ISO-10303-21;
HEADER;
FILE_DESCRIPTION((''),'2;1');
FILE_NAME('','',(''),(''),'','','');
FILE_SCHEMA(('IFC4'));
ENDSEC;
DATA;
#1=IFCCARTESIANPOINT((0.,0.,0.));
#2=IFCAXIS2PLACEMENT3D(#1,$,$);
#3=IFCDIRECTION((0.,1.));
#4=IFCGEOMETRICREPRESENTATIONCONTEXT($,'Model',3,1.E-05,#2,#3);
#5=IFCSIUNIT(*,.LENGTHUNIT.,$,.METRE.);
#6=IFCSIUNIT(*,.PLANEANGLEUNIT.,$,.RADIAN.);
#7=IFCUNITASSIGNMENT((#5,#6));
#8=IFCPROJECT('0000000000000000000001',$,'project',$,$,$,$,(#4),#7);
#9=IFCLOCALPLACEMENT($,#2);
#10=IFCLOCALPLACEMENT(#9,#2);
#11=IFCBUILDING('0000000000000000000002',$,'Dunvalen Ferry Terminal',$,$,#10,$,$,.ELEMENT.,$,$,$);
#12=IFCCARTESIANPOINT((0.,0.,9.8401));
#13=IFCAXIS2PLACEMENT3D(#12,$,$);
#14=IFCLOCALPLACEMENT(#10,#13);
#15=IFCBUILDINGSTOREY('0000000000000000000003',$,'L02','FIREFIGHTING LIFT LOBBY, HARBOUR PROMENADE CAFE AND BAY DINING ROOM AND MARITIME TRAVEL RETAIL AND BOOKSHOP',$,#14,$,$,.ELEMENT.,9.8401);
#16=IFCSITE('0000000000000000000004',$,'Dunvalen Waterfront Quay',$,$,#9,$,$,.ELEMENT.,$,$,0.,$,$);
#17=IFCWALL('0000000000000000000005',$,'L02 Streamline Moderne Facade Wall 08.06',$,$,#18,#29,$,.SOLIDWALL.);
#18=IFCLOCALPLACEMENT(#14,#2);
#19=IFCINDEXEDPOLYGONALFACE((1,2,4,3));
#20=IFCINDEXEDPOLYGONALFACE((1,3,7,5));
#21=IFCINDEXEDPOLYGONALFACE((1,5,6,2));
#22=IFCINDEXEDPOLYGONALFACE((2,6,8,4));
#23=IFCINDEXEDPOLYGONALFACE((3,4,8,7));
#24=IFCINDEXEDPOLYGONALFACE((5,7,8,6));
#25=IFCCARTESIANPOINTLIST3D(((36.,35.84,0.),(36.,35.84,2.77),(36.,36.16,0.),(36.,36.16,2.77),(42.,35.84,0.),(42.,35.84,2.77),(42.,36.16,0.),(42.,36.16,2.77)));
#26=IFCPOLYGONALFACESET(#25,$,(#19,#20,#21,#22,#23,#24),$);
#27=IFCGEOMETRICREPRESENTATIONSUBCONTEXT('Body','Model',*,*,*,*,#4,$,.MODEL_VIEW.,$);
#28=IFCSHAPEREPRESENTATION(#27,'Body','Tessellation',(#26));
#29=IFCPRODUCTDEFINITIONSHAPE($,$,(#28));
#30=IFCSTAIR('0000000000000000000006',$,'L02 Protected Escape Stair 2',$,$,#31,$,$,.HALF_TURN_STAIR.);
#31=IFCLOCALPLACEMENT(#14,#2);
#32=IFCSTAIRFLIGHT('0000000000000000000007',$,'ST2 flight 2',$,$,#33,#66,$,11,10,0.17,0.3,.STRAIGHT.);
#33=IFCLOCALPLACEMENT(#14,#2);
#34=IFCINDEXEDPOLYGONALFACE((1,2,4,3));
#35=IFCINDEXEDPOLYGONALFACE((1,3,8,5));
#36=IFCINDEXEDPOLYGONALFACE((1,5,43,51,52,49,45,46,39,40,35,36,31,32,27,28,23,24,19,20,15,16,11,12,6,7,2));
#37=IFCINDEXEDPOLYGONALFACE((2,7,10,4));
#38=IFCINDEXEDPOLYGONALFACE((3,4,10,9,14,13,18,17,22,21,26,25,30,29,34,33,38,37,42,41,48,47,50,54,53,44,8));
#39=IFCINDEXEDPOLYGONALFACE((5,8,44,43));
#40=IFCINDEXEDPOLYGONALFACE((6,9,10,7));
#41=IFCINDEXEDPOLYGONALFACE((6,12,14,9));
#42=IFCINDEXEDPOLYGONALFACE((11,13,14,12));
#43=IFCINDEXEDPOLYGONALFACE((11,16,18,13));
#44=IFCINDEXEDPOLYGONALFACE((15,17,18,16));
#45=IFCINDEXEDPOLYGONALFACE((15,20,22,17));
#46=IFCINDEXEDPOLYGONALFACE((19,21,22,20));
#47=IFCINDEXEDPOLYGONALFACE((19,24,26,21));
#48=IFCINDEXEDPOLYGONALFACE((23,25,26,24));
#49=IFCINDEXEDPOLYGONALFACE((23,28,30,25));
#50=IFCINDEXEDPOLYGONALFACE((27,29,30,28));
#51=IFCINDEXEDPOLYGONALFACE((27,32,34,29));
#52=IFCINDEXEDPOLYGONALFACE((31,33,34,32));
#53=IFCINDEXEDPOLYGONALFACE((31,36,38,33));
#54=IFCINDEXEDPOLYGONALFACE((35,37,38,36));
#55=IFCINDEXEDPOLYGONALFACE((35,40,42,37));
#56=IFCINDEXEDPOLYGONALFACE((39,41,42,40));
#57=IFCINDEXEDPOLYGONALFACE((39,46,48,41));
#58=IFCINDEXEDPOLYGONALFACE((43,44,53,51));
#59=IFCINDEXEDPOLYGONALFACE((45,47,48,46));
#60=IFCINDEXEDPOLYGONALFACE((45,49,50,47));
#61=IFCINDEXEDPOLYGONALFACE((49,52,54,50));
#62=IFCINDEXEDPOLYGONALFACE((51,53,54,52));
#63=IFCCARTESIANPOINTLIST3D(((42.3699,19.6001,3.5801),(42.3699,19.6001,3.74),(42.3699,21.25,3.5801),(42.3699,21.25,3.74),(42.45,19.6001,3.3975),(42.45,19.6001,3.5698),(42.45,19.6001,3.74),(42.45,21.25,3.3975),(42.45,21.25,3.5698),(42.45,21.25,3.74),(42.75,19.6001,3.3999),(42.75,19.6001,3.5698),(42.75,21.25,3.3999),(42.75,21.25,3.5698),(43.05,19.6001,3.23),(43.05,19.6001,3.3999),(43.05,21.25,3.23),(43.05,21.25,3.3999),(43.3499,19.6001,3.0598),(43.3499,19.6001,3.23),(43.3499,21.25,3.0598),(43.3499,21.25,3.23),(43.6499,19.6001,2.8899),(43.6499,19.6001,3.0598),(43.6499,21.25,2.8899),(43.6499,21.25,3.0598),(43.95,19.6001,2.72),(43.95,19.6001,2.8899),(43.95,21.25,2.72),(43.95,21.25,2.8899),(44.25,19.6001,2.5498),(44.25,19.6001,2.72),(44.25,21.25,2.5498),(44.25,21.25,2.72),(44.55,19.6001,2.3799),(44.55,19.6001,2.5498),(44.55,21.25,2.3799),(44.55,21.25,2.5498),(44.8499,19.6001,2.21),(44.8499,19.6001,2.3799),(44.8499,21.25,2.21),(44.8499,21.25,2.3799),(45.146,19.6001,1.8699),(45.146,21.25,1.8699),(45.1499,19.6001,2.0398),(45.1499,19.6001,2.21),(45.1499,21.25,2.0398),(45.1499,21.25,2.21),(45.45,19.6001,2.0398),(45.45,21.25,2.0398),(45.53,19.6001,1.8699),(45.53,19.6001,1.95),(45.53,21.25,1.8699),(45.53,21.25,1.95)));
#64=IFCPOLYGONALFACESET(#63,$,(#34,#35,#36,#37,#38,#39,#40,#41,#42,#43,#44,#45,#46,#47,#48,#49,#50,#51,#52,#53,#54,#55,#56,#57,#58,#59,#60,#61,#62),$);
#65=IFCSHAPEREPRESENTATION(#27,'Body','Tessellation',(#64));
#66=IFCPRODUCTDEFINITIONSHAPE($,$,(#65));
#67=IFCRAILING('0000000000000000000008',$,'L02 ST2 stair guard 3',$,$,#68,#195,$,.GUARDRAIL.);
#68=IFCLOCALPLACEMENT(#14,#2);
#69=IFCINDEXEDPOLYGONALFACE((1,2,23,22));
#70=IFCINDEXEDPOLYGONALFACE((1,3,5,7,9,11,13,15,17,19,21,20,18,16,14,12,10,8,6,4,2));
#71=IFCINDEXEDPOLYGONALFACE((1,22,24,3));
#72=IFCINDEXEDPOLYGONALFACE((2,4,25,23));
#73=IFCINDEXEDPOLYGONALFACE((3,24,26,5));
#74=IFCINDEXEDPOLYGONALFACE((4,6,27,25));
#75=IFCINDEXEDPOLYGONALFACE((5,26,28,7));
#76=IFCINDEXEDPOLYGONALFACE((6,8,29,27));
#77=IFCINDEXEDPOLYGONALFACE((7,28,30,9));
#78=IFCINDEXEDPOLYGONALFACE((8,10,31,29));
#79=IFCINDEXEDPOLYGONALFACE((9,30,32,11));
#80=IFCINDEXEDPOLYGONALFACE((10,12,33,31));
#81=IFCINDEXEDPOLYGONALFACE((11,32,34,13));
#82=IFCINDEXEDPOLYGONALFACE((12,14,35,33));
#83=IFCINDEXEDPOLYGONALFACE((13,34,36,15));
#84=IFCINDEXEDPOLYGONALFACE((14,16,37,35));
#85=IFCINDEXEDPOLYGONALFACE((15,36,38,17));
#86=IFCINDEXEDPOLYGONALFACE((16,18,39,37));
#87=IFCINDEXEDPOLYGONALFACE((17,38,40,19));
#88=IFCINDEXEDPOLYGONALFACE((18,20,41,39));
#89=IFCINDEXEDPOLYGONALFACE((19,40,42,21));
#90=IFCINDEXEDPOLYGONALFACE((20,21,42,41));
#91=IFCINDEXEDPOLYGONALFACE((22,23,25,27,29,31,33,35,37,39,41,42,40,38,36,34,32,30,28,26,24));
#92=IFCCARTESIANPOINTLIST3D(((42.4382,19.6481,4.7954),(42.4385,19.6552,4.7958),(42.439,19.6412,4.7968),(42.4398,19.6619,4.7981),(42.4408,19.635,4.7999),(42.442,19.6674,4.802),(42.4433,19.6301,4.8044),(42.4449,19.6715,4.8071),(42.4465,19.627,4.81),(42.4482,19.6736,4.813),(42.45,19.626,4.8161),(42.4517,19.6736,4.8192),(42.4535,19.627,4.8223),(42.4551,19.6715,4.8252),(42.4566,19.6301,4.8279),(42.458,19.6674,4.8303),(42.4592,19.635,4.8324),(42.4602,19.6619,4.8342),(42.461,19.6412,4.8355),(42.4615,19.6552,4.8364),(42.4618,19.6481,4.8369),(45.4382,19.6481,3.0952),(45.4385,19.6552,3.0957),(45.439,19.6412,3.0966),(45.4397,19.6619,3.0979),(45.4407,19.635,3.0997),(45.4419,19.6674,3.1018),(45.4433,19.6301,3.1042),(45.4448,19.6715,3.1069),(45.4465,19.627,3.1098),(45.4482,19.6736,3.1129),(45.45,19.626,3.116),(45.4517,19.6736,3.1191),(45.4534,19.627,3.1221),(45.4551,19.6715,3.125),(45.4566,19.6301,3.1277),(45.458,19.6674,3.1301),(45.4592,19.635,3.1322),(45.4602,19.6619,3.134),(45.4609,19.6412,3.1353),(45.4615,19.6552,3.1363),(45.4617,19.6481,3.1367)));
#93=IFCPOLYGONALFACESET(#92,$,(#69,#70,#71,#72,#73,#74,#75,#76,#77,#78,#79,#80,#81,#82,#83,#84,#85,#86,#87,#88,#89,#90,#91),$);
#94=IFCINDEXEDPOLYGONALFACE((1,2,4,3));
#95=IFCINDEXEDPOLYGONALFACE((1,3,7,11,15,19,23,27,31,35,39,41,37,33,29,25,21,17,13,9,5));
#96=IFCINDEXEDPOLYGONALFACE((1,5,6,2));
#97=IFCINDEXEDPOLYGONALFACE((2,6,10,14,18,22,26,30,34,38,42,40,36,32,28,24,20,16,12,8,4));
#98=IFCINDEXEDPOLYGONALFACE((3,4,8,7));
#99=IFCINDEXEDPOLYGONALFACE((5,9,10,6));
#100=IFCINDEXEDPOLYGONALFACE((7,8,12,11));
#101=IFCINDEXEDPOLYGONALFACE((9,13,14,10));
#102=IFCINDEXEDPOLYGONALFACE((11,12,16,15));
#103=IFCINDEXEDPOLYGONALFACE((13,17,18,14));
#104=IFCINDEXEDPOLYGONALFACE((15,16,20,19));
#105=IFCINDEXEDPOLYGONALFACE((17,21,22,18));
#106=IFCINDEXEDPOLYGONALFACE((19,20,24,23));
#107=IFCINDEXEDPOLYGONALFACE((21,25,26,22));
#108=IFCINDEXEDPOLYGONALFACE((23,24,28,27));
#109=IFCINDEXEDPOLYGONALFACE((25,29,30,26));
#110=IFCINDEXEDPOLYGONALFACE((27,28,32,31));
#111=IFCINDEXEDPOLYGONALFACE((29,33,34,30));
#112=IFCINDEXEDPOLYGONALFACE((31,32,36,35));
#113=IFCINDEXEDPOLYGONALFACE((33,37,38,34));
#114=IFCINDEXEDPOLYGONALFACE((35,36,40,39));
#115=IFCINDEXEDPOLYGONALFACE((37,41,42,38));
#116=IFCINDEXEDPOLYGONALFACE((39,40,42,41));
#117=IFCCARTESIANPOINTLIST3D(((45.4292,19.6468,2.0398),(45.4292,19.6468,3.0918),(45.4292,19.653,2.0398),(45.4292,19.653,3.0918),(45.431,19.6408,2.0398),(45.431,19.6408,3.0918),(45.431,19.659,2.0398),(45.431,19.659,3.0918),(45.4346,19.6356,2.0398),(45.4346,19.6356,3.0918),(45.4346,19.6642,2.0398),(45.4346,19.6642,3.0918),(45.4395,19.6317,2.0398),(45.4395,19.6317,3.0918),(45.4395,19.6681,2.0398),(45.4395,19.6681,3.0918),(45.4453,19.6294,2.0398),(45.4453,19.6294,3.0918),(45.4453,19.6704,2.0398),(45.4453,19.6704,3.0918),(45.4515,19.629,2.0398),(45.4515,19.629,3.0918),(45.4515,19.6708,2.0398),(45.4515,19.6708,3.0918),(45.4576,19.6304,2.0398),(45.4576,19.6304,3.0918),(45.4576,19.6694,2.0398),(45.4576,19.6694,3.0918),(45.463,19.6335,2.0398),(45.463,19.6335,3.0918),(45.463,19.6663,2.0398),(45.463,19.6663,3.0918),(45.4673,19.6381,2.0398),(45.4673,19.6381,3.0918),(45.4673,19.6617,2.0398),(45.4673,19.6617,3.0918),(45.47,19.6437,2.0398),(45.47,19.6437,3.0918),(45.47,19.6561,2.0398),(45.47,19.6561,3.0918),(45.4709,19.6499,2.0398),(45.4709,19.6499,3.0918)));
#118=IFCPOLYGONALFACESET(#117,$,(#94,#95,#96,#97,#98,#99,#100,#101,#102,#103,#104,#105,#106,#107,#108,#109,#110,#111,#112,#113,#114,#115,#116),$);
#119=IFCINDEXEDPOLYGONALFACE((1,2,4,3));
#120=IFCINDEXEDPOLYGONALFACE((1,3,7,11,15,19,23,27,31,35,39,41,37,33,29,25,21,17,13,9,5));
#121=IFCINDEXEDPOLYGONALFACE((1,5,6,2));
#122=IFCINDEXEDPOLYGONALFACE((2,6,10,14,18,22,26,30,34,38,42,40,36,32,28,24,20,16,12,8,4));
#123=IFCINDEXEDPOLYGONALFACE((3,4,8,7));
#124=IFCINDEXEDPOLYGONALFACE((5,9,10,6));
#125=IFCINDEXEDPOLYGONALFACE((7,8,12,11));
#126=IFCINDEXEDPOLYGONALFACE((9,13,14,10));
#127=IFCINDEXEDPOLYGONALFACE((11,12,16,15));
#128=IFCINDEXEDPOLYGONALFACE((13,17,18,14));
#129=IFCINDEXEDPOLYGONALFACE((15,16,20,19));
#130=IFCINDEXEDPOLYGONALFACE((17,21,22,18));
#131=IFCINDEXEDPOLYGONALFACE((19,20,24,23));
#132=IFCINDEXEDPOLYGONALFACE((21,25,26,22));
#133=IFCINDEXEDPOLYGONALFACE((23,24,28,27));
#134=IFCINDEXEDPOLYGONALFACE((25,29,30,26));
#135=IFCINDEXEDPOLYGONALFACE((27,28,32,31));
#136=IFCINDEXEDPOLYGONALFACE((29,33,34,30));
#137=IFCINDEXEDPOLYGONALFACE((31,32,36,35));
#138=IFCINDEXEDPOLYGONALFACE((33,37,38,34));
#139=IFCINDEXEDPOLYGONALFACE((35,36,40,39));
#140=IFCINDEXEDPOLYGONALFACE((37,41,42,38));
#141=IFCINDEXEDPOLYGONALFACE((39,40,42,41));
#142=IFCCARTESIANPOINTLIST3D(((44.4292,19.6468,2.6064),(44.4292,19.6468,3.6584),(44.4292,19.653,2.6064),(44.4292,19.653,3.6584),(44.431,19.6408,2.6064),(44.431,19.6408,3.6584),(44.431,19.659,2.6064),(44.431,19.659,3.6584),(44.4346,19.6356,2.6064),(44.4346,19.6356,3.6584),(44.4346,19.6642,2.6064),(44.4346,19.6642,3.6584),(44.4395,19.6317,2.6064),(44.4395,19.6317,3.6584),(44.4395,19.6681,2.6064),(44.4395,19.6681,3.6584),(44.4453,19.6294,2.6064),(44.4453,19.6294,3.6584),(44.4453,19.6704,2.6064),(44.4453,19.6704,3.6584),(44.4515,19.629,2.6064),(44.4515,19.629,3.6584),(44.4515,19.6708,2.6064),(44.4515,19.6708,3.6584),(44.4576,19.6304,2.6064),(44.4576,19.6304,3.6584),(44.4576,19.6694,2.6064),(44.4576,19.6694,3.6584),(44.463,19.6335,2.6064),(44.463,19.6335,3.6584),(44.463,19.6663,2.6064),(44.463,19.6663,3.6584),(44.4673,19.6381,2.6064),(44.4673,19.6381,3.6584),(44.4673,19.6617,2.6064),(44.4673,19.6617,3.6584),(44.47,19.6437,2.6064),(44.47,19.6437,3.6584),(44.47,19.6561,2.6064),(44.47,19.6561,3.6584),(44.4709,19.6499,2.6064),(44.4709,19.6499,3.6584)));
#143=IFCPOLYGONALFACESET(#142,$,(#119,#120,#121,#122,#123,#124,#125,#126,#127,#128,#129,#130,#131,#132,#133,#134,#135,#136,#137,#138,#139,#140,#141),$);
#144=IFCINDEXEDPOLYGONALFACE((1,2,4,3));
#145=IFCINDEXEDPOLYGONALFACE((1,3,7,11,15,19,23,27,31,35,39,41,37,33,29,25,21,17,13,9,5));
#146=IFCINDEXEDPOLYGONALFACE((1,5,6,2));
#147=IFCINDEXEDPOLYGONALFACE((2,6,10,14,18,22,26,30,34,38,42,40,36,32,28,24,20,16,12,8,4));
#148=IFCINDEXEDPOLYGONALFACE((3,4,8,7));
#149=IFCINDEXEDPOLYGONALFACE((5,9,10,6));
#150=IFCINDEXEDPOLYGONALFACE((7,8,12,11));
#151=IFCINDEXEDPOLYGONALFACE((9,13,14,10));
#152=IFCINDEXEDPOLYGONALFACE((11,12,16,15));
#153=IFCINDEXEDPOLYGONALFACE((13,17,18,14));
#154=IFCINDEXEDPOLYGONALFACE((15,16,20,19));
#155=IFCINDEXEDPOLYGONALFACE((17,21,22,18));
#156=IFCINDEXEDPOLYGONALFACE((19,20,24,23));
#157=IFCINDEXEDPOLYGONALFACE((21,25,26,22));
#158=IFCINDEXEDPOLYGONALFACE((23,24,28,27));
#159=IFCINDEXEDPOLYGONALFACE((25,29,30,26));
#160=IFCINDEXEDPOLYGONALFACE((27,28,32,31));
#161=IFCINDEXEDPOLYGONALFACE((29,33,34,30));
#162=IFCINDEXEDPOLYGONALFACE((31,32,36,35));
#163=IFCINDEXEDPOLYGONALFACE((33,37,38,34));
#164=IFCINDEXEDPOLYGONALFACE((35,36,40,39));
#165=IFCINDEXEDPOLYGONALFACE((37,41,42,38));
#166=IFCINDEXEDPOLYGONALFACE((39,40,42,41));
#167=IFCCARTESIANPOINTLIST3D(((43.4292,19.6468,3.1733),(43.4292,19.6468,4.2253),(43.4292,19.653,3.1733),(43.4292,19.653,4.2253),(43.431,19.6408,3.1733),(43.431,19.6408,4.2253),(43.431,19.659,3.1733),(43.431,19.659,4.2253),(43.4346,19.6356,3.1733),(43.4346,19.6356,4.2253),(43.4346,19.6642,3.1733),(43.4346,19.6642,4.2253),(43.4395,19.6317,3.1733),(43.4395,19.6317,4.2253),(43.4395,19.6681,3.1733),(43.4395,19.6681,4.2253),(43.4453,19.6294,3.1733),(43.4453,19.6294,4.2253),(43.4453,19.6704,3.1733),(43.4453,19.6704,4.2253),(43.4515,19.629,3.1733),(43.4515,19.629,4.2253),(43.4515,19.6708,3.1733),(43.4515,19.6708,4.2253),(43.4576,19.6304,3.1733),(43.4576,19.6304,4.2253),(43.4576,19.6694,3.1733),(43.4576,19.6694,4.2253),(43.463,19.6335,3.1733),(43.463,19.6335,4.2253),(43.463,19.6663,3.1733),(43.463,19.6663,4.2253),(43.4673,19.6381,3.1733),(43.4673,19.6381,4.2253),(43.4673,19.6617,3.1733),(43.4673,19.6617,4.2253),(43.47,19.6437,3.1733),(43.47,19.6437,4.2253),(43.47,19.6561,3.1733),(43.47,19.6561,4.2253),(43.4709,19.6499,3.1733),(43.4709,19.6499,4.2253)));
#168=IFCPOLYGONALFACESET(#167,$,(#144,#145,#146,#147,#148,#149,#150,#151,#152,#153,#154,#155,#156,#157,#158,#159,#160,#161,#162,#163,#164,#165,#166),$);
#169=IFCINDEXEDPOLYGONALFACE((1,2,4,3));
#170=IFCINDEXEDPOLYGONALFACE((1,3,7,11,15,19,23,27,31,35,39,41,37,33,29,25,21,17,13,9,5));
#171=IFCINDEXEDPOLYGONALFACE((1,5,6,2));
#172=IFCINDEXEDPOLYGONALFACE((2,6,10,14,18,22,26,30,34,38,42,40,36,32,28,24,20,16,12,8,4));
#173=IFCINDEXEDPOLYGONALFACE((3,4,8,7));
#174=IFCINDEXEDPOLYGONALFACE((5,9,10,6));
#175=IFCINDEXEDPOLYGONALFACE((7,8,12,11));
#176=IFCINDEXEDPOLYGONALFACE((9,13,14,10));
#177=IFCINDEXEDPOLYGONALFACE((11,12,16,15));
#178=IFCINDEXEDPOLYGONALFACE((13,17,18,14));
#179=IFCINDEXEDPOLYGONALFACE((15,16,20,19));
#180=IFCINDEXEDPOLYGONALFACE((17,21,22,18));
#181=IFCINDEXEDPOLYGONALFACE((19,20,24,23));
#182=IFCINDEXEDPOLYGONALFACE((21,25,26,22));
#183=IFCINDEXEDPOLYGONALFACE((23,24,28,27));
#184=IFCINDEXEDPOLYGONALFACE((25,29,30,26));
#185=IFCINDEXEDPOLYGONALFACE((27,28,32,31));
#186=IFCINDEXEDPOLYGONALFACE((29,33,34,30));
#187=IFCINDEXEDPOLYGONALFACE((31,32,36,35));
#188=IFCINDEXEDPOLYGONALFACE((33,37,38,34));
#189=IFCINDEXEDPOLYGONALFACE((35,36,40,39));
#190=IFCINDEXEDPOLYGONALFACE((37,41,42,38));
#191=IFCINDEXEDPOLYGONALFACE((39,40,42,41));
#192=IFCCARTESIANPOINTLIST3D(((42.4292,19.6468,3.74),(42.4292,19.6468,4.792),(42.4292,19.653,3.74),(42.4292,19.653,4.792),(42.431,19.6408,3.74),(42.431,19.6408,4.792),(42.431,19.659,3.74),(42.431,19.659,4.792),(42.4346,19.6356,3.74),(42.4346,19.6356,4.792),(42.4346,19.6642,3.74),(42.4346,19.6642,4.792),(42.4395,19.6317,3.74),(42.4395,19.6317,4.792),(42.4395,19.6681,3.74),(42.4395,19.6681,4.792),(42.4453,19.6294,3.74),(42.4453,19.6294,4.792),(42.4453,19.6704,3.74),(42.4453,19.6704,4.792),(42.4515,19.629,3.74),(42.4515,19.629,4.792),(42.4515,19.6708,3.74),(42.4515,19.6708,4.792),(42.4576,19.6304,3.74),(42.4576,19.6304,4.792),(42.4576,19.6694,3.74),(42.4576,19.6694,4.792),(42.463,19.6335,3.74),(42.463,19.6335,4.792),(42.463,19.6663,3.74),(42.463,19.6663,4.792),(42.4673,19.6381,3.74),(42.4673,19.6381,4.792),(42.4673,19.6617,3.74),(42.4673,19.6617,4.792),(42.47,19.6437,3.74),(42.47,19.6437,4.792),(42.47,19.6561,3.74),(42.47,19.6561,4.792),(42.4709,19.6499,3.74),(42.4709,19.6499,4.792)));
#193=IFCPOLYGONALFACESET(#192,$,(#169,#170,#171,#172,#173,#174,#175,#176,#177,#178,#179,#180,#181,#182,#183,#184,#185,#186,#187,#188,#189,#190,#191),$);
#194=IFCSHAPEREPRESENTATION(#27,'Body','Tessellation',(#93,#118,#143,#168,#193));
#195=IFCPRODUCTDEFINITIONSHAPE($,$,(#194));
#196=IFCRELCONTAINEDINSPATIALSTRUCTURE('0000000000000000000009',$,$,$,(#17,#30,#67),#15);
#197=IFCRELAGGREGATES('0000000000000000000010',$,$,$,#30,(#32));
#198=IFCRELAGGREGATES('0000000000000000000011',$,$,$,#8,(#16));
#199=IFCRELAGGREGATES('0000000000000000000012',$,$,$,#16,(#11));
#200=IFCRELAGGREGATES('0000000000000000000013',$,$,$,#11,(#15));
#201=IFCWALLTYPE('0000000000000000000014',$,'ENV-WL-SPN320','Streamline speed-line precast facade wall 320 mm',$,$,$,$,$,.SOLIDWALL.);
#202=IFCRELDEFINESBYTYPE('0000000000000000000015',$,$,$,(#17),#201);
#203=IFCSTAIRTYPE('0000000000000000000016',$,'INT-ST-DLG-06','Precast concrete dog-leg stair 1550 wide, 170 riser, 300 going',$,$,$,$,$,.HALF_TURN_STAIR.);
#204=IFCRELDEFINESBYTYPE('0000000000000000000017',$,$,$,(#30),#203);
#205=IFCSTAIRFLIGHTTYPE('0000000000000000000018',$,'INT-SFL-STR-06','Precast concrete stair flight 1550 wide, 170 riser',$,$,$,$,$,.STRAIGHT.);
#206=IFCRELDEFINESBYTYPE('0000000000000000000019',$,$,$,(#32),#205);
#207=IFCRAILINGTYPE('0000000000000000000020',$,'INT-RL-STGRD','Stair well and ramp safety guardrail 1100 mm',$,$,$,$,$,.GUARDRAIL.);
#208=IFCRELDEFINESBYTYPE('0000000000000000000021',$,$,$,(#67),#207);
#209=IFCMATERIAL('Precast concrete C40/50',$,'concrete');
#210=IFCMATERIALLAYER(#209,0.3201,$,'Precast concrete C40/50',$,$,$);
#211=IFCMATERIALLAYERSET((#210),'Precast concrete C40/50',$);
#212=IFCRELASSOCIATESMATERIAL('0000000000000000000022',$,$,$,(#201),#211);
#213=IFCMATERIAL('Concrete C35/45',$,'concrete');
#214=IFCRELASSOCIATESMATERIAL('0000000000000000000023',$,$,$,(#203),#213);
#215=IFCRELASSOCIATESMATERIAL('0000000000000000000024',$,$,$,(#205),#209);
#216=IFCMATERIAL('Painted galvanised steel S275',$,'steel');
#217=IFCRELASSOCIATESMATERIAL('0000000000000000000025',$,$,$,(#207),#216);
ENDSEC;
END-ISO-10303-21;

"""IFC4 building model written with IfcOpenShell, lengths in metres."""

from ifc_helpers import new_model, si_unit, direction, frame, frame_2d, origin, origin_2d, place, context, subcontext, project, spatial, polyline, rectangle, circle, outline, extrude, material, layer, layer_set, type_object, element, aggregate, save


model = new_model("IFC4")

# Units and contexts
model_context = context("Model", 3, precision=1e-05, world=origin(), true_north=direction((0.0, 1.0)))
body_context = subcontext(model_context, "Body", "Model", "MODEL_VIEW")
ifc_project = project(units=[si_unit("LENGTHUNIT", "METRE"), si_unit("PLANEANGLEUNIT", "RADIAN")], contexts=[model_context])

# Site, building, storey
site_placement = place(None, origin())
site = spatial("IfcSite", under=ifc_project, at=site_placement, Name="Dunvalen Waterfront Quay", CompositionType="ELEMENT", RefElevation=0.0)
building_placement = place(site_placement, origin())
building = spatial("IfcBuilding", under=site, at=building_placement, Name="Dunvalen Ferry Terminal", CompositionType="ELEMENT")
storey_placement = place(building_placement, frame((0.0, 0.0, 9.8401)))
storey = spatial("IfcBuildingStorey", under=building, at=storey_placement, Name="L02", Description="FIREFIGHTING LIFT LOBBY, HARBOUR PROMENADE CAFE AND BAY DINING ROOM AND MARITIME TRAVEL RETAIL AND BOOKSHOP", CompositionType="ELEMENT", Elevation=9.8401)

# Wall
ifc_material_1 = material(Name="Precast concrete C40/50", Category="concrete")
ifc_layer_1 = layer(ifc_material_1, 0.3201, Name="Precast concrete C40/50")
ifc_layer_set_1 = layer_set([ifc_layer_1], Name="Precast concrete C40/50")
wall_type = type_object("IfcWallType", Name="ENV-WL-SPN320", Description="Streamline speed-line precast facade wall 320 mm", PredefinedType="SOLIDWALL", material=ifc_layer_set_1)
wall_placement = place(storey_placement, frame((42.0, 36.0, 0.0), z_axis=(0.0, 0.0, 1.0), x_axis=(-1.0, 0.0, 0.0)))
element("IfcWall", 1, at=wall_placement, inside=storey, type_object=wall_type, Name="L02 Streamline Moderne Facade Wall 08.06", PredefinedType="SOLIDWALL", context=body_context, shape_type="SweptSolid", body=[
    extrude(rectangle(XDim=6.0, YDim=0.3201, at=frame_2d((3.0, 0.0))), origin(), (0.0, 0.0, 1.0), 2.77),
])

# Stair, stair flight
ifc_material_2 = material(Name="Concrete C35/45", Category="concrete")
stair_type = type_object("IfcStairType", Name="INT-ST-DLG-06", Description="Precast concrete dog-leg stair 1550 wide, 170 riser, 300 going", PredefinedType="HALF_TURN_STAIR", material=ifc_material_2)
stair_placement = place(storey_placement, origin())
stair = element("IfcStair", 2, at=stair_placement, inside=storey, type_object=stair_type, Name="L02 Protected Escape Stair 2", PredefinedType="HALF_TURN_STAIR")
stair_flight_type = type_object("IfcStairFlightType", Name="INT-SFL-STR-06", Description="Precast concrete stair flight 1550 wide, 170 riser", PredefinedType="STRAIGHT", material=ifc_material_1)
stair_flight_placement = place(storey_placement, frame((45.45, 20.425, 1.8699), z_axis=(0.0, 0.0, 1.0), x_axis=(-1.0, 0.0, 0.0)))
stair_flight = element("IfcStairFlight", 3, at=stair_flight_placement, type_object=stair_flight_type, Name="ST2 flight 2", NumberOfRisers=11, NumberOfTreads=10, PredefinedType="STRAIGHT", RiserHeight=0.17, TreadLength=0.3, context=body_context, shape_type="SweptSolid", body=[
    extrude(outline(polyline([(-0.0801, 0.0), (-0.0801, 0.0801), (0.0, 0.1699), (0.3, 0.1699), (0.3, 0.3401), (0.6001, 0.3401), (0.6001, 0.51), (0.8999, 0.51), (0.8999, 0.6799), (1.2, 0.6799), (1.2, 0.8501), (1.5, 0.8501), (1.5, 1.02), (1.8, 1.02), (1.8, 1.1899), (2.1001, 1.1899), (2.1001, 1.3601), (2.3999, 1.3601), (2.3999, 1.53), (2.7, 1.53), (2.7, 1.7), (3.0, 1.7), (3.0, 1.8701), (3.0801, 1.8701), (3.0801, 1.7102), (3.0, 1.5276), (0.304, 0.0), (-0.0801, 0.0)])), frame((0.0, 0.825, 0.0), z_axis=(0.0, -1.0, 0.0), x_axis=(1.0, 0.0, 0.0)), (0.0, 0.0, 1.0), 1.6499),
])
aggregate(stair, [stair_flight])

# Railing
ifc_material_3 = material(Name="Painted galvanised steel S275", Category="steel")
railing_type_1 = type_object("IfcRailingType", Name="INT-RL-STGRD", Description="Stair well and ramp safety guardrail 1100 mm", PredefinedType="GUARDRAIL", material=ifc_material_3)
railing_1_placement = place(storey_placement, frame((45.45, 19.6499, 2.0398)))
element("IfcRailing", 4, at=railing_1_placement, inside=storey, type_object=railing_type_1, Name="L02 ST2 stair guard 3", PredefinedType="GUARDRAIL", context=body_context, shape_type="SweptSolid", body=[
    extrude(circle(Radius=0.0239, at=origin_2d()), frame((0.0, 0.0, 1.0762), z_axis=(-0.869998, 0.0, 0.493055), x_axis=(0.0, -1.0, 0.0)), (0.0, 0.0, 1.0), 3.4482),
    extrude(circle(Radius=0.021, at=origin_2d()), origin(), (0.0, 0.0, 1.0), 1.052),
    extrude(circle(Radius=0.021, at=origin_2d()), frame((-1.0, 0.0, 0.5667)), (0.0, 0.0, 1.0), 1.052),
    extrude(circle(Radius=0.021, at=origin_2d()), frame((-2.0, 0.0, 1.1335)), (0.0, 0.0, 1.0), 1.052),
    extrude(circle(Radius=0.021, at=origin_2d()), frame((-3.0, 0.0, 1.7002)), (0.0, 0.0, 1.0), 1.052),
])

save(model, "model.ifc")
